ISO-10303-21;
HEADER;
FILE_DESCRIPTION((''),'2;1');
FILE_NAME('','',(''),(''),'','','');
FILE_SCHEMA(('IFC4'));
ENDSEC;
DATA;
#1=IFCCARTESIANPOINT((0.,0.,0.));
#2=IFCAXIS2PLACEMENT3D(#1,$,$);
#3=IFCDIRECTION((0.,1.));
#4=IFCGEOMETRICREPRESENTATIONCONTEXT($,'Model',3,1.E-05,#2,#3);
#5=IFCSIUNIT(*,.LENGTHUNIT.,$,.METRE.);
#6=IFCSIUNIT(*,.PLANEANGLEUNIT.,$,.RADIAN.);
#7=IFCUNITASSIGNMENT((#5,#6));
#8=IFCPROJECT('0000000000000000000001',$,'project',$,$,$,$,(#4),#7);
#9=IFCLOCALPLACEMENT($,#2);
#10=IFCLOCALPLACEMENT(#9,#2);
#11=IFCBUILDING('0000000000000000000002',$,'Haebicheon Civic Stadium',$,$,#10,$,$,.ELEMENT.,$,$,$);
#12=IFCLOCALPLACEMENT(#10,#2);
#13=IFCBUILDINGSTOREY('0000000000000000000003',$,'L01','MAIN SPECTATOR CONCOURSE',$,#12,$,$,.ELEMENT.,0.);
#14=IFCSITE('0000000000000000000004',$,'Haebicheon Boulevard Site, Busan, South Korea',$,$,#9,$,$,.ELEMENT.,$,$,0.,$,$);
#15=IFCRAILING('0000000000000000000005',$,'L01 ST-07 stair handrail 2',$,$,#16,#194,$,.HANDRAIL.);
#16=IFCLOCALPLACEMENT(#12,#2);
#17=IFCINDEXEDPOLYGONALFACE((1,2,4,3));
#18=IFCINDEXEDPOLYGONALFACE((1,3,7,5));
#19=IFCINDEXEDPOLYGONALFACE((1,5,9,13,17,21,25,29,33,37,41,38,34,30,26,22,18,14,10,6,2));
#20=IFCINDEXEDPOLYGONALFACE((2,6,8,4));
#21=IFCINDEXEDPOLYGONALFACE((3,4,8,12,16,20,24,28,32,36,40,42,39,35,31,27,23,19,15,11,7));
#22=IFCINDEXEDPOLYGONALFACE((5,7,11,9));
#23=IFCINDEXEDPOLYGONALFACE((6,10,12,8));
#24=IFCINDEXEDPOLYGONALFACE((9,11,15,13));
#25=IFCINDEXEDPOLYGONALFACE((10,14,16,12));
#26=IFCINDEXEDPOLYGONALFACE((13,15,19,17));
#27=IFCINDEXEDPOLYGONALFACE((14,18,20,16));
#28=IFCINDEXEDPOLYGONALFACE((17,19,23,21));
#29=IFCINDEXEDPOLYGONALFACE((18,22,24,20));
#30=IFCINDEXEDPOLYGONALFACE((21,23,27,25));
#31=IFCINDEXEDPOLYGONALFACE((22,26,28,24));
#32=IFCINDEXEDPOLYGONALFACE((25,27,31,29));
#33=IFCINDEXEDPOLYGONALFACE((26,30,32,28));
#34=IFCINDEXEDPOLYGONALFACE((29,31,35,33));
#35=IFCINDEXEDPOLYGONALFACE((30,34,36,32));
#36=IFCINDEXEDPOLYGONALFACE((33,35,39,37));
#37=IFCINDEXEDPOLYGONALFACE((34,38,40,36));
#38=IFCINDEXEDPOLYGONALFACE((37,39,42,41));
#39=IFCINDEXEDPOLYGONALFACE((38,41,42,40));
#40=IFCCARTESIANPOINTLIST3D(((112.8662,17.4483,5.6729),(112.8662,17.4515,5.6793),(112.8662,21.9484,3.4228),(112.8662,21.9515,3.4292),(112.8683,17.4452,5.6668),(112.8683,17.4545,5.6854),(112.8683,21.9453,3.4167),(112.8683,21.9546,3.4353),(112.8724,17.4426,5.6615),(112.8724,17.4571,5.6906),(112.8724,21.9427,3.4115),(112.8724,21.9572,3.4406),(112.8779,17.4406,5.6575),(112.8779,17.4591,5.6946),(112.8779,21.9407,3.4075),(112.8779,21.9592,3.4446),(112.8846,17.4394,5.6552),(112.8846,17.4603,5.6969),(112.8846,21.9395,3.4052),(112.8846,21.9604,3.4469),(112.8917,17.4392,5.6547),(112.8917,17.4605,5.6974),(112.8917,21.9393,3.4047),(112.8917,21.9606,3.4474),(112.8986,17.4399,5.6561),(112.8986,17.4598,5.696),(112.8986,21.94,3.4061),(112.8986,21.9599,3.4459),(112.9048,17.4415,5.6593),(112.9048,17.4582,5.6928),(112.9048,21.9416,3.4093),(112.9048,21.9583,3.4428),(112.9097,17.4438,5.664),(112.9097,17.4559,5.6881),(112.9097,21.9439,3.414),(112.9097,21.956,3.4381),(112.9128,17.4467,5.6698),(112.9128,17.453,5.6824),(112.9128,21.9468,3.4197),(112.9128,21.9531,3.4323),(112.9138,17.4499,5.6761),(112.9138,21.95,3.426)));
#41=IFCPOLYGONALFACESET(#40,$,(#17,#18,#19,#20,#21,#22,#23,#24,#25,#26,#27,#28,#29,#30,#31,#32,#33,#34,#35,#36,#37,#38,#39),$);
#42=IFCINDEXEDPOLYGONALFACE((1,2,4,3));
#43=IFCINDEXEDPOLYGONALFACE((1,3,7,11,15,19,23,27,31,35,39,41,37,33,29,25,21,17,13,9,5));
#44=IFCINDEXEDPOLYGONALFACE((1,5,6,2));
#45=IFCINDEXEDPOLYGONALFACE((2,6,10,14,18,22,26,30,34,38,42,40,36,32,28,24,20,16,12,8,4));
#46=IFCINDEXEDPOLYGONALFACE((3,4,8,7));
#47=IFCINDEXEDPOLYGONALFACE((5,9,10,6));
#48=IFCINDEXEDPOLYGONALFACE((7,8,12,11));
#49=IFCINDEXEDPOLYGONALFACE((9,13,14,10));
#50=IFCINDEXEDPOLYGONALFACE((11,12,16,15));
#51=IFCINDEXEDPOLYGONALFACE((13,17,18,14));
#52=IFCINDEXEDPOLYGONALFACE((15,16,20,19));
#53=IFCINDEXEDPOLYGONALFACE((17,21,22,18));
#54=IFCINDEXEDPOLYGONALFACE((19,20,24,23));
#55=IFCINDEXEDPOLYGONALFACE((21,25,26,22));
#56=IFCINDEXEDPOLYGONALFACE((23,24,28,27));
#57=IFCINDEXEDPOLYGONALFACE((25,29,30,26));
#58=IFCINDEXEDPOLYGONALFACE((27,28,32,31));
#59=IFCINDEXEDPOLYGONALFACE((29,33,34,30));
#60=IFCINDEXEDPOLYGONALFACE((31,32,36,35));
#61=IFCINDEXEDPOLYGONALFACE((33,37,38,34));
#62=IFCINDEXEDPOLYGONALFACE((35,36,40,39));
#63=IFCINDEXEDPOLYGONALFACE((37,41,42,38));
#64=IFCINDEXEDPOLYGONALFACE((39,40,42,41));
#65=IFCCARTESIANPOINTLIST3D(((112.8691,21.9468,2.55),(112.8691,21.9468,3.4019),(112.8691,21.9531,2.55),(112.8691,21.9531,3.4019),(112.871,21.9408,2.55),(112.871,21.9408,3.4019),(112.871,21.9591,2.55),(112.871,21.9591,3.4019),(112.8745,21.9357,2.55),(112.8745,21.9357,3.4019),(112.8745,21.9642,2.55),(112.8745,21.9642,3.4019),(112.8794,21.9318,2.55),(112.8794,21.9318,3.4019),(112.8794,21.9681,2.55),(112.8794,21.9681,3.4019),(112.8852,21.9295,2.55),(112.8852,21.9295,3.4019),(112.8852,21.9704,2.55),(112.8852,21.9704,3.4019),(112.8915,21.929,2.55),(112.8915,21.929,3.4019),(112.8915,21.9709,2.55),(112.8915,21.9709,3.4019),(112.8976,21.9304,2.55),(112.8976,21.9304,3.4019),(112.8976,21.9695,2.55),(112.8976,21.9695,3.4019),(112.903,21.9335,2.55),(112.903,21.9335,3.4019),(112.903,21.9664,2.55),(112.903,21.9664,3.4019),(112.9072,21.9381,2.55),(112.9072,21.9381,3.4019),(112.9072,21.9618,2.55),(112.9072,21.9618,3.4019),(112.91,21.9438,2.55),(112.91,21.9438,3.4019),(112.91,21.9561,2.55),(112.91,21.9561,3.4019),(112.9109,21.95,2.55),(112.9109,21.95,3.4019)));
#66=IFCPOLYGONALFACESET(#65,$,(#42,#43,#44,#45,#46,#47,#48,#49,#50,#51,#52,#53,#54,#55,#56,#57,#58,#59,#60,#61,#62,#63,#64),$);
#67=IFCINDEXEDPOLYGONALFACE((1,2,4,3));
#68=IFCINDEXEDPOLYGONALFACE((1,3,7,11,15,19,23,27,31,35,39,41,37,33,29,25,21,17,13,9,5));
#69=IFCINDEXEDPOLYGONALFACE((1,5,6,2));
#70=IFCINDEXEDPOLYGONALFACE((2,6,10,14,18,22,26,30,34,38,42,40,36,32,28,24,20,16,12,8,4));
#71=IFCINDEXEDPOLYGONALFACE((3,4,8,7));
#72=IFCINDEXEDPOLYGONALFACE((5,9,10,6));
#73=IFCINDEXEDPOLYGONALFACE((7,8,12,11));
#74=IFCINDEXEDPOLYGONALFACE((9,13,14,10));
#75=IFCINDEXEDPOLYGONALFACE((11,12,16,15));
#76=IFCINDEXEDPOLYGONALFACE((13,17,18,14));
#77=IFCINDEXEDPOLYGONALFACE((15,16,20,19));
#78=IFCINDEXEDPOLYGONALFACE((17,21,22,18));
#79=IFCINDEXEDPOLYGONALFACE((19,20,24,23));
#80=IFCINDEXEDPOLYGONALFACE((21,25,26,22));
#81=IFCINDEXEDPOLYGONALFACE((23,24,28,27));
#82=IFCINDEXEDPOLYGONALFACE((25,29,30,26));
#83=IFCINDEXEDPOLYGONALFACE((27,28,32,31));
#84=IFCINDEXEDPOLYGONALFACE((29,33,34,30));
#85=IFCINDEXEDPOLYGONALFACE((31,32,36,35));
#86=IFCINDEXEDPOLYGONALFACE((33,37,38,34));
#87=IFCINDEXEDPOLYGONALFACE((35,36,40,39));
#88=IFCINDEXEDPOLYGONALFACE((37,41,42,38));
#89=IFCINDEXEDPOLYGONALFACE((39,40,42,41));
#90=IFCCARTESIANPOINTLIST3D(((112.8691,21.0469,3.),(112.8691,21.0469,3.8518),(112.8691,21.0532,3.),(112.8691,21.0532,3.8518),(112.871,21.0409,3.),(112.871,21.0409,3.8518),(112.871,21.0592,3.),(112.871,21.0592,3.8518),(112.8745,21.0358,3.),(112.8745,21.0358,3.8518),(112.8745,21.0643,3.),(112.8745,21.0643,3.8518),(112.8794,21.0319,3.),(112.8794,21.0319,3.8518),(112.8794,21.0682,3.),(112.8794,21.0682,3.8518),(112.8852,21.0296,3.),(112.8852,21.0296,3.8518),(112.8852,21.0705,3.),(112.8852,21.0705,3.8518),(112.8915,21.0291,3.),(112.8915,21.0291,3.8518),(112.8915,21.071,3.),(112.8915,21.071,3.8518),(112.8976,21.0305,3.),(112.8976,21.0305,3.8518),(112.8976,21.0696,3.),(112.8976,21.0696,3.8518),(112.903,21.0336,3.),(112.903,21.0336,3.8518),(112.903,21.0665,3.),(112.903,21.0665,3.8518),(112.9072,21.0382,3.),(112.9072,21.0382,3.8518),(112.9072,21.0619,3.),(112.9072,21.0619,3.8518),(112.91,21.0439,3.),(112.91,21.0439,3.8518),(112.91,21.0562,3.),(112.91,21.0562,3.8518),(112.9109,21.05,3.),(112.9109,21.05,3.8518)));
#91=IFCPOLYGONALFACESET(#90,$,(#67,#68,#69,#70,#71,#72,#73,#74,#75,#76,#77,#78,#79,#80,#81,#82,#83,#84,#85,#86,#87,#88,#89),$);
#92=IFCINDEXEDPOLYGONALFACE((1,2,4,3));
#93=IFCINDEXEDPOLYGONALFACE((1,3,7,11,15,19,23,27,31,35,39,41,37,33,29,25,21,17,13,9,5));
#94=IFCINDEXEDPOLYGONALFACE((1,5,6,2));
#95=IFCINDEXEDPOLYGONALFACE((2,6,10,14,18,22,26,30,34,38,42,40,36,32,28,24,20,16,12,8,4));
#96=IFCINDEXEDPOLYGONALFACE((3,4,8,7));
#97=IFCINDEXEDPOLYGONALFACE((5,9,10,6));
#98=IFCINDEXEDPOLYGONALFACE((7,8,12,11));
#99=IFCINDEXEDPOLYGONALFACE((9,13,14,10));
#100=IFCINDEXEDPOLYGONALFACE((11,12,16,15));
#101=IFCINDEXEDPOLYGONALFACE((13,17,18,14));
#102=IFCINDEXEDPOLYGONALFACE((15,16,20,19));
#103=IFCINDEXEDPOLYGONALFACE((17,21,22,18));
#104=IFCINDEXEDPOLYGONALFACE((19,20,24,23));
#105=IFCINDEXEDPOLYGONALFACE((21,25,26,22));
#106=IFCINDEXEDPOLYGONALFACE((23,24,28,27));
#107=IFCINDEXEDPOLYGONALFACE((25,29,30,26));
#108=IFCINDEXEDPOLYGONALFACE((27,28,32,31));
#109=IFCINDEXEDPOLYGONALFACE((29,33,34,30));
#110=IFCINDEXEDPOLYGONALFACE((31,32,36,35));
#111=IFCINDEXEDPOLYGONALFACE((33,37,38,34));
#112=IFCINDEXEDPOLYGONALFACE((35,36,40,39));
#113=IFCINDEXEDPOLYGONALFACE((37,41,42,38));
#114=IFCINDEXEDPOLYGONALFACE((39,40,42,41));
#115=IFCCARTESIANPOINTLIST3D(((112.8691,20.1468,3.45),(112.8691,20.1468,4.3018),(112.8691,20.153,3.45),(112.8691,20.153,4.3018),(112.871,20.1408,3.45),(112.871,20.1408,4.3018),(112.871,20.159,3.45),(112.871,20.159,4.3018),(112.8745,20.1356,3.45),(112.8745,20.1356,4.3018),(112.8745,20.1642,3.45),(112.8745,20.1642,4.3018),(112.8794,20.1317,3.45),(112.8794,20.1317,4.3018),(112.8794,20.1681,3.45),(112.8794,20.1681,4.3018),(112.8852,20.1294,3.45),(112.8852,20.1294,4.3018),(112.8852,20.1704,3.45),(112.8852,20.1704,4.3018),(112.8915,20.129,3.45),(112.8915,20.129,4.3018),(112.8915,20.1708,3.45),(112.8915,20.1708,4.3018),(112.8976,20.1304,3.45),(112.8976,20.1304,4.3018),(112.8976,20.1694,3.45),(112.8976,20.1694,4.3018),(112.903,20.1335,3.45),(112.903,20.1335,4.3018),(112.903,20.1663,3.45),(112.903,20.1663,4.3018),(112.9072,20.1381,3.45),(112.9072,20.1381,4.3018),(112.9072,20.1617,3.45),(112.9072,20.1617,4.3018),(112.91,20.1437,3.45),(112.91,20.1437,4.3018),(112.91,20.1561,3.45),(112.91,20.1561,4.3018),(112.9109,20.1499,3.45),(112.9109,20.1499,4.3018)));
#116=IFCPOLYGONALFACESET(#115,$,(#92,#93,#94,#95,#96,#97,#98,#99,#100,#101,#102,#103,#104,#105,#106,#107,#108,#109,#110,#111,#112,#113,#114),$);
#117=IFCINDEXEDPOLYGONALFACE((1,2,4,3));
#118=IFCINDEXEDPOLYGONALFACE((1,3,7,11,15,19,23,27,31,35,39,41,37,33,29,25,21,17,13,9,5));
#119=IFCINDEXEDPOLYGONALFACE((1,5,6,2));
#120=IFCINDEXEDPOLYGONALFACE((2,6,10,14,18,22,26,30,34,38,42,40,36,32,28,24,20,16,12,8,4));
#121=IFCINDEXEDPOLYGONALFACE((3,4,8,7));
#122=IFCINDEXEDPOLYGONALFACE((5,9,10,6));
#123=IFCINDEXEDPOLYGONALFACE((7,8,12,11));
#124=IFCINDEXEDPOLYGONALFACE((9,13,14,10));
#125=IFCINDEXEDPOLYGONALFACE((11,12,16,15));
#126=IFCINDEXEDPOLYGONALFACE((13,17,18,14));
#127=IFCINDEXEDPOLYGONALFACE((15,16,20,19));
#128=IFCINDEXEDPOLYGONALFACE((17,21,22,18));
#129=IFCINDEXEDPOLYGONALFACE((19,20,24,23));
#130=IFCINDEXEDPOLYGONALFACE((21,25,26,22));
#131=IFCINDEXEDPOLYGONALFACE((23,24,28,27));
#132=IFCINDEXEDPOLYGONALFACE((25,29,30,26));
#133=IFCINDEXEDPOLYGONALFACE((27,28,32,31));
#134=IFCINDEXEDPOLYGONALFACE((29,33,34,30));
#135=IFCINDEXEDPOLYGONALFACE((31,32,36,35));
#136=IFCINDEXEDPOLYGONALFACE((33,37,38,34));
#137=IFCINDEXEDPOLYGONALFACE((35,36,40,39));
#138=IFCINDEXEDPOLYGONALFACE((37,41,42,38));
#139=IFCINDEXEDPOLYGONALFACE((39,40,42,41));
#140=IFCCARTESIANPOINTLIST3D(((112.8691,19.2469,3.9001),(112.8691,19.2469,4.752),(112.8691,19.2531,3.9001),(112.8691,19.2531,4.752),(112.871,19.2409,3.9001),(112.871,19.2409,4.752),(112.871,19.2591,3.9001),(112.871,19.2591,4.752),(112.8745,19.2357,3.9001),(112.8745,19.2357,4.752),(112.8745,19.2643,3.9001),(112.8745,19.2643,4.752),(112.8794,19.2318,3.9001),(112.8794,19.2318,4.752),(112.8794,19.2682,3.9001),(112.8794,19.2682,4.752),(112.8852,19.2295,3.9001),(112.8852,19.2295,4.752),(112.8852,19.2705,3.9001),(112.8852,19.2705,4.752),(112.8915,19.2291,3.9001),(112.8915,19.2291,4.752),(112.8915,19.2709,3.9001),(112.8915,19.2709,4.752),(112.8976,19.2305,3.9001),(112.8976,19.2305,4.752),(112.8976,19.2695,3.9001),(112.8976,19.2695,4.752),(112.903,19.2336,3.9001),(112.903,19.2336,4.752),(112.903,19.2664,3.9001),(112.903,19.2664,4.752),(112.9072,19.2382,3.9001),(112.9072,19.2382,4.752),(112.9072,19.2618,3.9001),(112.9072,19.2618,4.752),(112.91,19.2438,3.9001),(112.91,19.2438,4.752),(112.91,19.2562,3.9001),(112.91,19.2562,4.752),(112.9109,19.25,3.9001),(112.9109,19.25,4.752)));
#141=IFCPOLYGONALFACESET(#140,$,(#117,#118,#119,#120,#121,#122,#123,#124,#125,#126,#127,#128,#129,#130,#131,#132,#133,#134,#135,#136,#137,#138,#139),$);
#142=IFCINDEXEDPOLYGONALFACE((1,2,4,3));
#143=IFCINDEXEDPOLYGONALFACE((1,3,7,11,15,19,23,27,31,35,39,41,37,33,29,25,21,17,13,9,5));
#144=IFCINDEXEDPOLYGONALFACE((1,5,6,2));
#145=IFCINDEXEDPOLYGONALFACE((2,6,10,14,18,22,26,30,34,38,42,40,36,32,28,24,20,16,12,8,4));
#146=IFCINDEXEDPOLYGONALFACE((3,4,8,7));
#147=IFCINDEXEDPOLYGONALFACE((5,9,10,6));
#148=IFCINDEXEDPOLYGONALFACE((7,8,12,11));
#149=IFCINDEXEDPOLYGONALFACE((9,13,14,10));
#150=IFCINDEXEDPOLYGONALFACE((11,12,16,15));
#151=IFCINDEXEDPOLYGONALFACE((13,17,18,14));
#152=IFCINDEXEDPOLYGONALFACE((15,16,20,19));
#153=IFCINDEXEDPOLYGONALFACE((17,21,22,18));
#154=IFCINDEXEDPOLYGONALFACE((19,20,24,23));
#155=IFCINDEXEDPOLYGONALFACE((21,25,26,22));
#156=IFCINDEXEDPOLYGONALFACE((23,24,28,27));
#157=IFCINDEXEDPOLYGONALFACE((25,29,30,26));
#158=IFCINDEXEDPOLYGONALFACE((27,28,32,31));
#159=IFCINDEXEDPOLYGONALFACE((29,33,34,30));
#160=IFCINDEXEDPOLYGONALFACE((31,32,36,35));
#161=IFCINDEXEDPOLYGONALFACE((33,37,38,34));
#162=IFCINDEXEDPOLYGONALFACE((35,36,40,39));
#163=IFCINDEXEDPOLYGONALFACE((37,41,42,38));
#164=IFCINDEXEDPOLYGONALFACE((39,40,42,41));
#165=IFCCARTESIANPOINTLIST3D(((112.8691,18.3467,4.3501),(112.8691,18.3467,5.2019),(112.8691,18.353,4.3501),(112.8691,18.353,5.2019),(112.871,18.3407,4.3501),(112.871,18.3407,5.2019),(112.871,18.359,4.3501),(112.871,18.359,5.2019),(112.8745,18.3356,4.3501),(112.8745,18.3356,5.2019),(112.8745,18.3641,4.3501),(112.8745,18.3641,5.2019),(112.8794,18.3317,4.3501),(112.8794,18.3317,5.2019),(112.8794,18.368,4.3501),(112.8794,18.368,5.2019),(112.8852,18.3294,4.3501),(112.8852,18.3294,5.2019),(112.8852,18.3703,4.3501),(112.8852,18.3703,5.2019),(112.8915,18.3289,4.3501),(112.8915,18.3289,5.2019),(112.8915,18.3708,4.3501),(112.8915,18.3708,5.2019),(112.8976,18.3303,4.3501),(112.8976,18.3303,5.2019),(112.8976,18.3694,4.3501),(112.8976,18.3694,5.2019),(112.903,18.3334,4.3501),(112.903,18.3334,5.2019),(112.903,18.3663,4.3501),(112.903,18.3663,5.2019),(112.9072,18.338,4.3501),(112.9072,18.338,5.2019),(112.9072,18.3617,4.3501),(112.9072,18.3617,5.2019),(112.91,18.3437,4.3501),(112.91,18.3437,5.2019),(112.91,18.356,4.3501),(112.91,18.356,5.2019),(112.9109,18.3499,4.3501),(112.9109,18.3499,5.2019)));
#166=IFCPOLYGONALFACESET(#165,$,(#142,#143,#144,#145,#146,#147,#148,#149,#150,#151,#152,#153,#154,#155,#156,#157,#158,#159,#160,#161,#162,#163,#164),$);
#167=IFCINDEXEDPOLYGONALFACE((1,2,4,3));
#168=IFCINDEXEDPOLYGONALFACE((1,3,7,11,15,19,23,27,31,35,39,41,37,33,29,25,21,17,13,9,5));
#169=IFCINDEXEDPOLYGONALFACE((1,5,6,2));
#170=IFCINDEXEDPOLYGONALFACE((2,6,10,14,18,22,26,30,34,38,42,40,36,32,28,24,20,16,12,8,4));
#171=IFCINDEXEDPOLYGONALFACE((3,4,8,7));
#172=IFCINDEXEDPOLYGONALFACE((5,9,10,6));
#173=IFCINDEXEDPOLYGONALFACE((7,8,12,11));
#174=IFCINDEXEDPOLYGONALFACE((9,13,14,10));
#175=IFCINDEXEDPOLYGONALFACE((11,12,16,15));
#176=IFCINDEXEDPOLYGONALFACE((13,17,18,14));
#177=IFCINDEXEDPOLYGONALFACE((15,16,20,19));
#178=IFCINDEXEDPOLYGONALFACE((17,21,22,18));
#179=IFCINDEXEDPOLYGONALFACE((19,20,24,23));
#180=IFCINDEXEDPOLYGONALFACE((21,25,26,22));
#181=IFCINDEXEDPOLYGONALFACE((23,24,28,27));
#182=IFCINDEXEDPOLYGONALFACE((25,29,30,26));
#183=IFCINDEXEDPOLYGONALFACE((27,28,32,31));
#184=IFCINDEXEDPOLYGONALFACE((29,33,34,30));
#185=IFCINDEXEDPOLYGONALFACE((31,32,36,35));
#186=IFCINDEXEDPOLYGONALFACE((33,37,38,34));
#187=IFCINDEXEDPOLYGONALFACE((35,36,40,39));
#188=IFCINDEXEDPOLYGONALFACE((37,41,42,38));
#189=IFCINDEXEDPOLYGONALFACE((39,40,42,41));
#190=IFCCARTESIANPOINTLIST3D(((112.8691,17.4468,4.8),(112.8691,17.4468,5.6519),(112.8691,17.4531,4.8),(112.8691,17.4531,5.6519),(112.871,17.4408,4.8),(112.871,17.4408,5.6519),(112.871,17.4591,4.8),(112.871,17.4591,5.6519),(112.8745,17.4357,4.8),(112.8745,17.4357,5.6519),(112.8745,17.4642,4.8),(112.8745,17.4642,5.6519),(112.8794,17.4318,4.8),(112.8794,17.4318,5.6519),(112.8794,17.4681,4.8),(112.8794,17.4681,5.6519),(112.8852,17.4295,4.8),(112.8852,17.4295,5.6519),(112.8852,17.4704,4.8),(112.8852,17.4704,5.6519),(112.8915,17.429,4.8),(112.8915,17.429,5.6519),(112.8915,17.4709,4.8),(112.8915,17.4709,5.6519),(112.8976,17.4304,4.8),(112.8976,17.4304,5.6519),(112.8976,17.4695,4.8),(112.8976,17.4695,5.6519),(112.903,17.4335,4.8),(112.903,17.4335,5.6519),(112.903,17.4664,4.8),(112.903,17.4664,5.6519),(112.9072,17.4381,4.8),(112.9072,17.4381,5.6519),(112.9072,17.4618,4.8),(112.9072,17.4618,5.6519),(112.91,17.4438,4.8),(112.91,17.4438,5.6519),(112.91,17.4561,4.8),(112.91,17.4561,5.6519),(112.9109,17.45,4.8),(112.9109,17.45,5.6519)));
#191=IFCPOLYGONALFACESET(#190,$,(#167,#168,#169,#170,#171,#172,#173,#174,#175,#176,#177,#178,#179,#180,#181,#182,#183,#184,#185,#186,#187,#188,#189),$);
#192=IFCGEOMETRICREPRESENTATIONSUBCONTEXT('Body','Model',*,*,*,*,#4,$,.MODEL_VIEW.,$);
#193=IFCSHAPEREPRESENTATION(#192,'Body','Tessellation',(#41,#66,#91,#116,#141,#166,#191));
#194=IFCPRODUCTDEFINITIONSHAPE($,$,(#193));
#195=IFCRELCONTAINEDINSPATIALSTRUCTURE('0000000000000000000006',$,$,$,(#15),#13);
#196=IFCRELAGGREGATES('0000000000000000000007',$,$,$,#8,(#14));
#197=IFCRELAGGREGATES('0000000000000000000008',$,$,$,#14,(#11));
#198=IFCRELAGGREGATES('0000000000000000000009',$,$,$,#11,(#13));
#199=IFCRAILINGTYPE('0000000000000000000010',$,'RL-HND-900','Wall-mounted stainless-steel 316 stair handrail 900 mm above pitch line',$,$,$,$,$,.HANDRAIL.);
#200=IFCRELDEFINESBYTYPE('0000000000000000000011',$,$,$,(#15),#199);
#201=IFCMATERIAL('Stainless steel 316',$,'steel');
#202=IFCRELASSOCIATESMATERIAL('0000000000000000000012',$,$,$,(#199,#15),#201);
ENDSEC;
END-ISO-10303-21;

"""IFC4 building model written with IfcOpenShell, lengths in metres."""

from ifc_helpers import new_model, si_unit, direction, frame, origin, origin_2d, place, context, subcontext, project, spatial, circle, extrude, material, type_object, element, save


model = new_model("IFC4")

# Units and contexts
model_context = context("Model", 3, precision=1e-05, world=origin(), true_north=direction((0.0, 1.0)))
body_context = subcontext(model_context, "Body", "Model", "MODEL_VIEW")
ifc_project = project(units=[si_unit("LENGTHUNIT", "METRE"), si_unit("PLANEANGLEUNIT", "RADIAN")], contexts=[model_context])

# Site, building, storey
site_placement = place(None, origin())
site = spatial("IfcSite", under=ifc_project, at=site_placement, Name="Haebicheon Boulevard Site, Busan, South Korea", CompositionType="ELEMENT", RefElevation=0.0)
building_placement = place(site_placement, origin())
building = spatial("IfcBuilding", under=site, at=building_placement, Name="Haebicheon Civic Stadium", CompositionType="ELEMENT")
storey_placement = place(building_placement, origin())
storey = spatial("IfcBuildingStorey", under=building, at=storey_placement, Name="L01", Description="MAIN SPECTATOR CONCOURSE", CompositionType="ELEMENT", Elevation=0.0)

# Railing
ifc_material_1 = material(Name="Stainless steel 316", Category="steel")
railing_type_1 = type_object("IfcRailingType", Name="RL-HND-900", Description="Wall-mounted stainless-steel 316 stair handrail 900 mm above pitch line", PredefinedType="HANDRAIL", material=ifc_material_1)
railing_1_placement = place(storey_placement, frame((112.8899, 21.95, 2.55)))
element("IfcRailing", 1, at=railing_1_placement, inside=storey, type_object=railing_type_1, material=ifc_material_1, Name="L01 ST-07 stair handrail 2", PredefinedType="HANDRAIL", context=body_context, shape_type="SweptSolid", body=[
    extrude(circle(Radius=0.0239, at=origin_2d()), frame((0.0, 0.0, 0.876), z_axis=(0.0, -0.894427, 0.447214), x_axis=(1.0, 0.0, 0.0)), (0.0, 0.0, 1.0), 5.0312),
    extrude(circle(Radius=0.021, at=origin_2d()), origin(), (0.0, 0.0, 1.0), 0.8518),
    extrude(circle(Radius=0.021, at=origin_2d()), frame((0.0, -0.8999, 0.45)), (0.0, 0.0, 1.0), 0.8518),
    extrude(circle(Radius=0.021, at=origin_2d()), frame((0.0, -1.8, 0.8999)), (0.0, 0.0, 1.0), 0.8518),
    extrude(circle(Radius=0.021, at=origin_2d()), frame((0.0, -2.7, 1.3501)), (0.0, 0.0, 1.0), 0.8518),
    extrude(circle(Radius=0.021, at=origin_2d()), frame((0.0, -3.6001, 1.8)), (0.0, 0.0, 1.0), 0.8518),
    extrude(circle(Radius=0.021, at=origin_2d()), frame((0.0, -4.5, 2.25)), (0.0, 0.0, 1.0), 0.8518),
])

save(model, "model.ifc")
